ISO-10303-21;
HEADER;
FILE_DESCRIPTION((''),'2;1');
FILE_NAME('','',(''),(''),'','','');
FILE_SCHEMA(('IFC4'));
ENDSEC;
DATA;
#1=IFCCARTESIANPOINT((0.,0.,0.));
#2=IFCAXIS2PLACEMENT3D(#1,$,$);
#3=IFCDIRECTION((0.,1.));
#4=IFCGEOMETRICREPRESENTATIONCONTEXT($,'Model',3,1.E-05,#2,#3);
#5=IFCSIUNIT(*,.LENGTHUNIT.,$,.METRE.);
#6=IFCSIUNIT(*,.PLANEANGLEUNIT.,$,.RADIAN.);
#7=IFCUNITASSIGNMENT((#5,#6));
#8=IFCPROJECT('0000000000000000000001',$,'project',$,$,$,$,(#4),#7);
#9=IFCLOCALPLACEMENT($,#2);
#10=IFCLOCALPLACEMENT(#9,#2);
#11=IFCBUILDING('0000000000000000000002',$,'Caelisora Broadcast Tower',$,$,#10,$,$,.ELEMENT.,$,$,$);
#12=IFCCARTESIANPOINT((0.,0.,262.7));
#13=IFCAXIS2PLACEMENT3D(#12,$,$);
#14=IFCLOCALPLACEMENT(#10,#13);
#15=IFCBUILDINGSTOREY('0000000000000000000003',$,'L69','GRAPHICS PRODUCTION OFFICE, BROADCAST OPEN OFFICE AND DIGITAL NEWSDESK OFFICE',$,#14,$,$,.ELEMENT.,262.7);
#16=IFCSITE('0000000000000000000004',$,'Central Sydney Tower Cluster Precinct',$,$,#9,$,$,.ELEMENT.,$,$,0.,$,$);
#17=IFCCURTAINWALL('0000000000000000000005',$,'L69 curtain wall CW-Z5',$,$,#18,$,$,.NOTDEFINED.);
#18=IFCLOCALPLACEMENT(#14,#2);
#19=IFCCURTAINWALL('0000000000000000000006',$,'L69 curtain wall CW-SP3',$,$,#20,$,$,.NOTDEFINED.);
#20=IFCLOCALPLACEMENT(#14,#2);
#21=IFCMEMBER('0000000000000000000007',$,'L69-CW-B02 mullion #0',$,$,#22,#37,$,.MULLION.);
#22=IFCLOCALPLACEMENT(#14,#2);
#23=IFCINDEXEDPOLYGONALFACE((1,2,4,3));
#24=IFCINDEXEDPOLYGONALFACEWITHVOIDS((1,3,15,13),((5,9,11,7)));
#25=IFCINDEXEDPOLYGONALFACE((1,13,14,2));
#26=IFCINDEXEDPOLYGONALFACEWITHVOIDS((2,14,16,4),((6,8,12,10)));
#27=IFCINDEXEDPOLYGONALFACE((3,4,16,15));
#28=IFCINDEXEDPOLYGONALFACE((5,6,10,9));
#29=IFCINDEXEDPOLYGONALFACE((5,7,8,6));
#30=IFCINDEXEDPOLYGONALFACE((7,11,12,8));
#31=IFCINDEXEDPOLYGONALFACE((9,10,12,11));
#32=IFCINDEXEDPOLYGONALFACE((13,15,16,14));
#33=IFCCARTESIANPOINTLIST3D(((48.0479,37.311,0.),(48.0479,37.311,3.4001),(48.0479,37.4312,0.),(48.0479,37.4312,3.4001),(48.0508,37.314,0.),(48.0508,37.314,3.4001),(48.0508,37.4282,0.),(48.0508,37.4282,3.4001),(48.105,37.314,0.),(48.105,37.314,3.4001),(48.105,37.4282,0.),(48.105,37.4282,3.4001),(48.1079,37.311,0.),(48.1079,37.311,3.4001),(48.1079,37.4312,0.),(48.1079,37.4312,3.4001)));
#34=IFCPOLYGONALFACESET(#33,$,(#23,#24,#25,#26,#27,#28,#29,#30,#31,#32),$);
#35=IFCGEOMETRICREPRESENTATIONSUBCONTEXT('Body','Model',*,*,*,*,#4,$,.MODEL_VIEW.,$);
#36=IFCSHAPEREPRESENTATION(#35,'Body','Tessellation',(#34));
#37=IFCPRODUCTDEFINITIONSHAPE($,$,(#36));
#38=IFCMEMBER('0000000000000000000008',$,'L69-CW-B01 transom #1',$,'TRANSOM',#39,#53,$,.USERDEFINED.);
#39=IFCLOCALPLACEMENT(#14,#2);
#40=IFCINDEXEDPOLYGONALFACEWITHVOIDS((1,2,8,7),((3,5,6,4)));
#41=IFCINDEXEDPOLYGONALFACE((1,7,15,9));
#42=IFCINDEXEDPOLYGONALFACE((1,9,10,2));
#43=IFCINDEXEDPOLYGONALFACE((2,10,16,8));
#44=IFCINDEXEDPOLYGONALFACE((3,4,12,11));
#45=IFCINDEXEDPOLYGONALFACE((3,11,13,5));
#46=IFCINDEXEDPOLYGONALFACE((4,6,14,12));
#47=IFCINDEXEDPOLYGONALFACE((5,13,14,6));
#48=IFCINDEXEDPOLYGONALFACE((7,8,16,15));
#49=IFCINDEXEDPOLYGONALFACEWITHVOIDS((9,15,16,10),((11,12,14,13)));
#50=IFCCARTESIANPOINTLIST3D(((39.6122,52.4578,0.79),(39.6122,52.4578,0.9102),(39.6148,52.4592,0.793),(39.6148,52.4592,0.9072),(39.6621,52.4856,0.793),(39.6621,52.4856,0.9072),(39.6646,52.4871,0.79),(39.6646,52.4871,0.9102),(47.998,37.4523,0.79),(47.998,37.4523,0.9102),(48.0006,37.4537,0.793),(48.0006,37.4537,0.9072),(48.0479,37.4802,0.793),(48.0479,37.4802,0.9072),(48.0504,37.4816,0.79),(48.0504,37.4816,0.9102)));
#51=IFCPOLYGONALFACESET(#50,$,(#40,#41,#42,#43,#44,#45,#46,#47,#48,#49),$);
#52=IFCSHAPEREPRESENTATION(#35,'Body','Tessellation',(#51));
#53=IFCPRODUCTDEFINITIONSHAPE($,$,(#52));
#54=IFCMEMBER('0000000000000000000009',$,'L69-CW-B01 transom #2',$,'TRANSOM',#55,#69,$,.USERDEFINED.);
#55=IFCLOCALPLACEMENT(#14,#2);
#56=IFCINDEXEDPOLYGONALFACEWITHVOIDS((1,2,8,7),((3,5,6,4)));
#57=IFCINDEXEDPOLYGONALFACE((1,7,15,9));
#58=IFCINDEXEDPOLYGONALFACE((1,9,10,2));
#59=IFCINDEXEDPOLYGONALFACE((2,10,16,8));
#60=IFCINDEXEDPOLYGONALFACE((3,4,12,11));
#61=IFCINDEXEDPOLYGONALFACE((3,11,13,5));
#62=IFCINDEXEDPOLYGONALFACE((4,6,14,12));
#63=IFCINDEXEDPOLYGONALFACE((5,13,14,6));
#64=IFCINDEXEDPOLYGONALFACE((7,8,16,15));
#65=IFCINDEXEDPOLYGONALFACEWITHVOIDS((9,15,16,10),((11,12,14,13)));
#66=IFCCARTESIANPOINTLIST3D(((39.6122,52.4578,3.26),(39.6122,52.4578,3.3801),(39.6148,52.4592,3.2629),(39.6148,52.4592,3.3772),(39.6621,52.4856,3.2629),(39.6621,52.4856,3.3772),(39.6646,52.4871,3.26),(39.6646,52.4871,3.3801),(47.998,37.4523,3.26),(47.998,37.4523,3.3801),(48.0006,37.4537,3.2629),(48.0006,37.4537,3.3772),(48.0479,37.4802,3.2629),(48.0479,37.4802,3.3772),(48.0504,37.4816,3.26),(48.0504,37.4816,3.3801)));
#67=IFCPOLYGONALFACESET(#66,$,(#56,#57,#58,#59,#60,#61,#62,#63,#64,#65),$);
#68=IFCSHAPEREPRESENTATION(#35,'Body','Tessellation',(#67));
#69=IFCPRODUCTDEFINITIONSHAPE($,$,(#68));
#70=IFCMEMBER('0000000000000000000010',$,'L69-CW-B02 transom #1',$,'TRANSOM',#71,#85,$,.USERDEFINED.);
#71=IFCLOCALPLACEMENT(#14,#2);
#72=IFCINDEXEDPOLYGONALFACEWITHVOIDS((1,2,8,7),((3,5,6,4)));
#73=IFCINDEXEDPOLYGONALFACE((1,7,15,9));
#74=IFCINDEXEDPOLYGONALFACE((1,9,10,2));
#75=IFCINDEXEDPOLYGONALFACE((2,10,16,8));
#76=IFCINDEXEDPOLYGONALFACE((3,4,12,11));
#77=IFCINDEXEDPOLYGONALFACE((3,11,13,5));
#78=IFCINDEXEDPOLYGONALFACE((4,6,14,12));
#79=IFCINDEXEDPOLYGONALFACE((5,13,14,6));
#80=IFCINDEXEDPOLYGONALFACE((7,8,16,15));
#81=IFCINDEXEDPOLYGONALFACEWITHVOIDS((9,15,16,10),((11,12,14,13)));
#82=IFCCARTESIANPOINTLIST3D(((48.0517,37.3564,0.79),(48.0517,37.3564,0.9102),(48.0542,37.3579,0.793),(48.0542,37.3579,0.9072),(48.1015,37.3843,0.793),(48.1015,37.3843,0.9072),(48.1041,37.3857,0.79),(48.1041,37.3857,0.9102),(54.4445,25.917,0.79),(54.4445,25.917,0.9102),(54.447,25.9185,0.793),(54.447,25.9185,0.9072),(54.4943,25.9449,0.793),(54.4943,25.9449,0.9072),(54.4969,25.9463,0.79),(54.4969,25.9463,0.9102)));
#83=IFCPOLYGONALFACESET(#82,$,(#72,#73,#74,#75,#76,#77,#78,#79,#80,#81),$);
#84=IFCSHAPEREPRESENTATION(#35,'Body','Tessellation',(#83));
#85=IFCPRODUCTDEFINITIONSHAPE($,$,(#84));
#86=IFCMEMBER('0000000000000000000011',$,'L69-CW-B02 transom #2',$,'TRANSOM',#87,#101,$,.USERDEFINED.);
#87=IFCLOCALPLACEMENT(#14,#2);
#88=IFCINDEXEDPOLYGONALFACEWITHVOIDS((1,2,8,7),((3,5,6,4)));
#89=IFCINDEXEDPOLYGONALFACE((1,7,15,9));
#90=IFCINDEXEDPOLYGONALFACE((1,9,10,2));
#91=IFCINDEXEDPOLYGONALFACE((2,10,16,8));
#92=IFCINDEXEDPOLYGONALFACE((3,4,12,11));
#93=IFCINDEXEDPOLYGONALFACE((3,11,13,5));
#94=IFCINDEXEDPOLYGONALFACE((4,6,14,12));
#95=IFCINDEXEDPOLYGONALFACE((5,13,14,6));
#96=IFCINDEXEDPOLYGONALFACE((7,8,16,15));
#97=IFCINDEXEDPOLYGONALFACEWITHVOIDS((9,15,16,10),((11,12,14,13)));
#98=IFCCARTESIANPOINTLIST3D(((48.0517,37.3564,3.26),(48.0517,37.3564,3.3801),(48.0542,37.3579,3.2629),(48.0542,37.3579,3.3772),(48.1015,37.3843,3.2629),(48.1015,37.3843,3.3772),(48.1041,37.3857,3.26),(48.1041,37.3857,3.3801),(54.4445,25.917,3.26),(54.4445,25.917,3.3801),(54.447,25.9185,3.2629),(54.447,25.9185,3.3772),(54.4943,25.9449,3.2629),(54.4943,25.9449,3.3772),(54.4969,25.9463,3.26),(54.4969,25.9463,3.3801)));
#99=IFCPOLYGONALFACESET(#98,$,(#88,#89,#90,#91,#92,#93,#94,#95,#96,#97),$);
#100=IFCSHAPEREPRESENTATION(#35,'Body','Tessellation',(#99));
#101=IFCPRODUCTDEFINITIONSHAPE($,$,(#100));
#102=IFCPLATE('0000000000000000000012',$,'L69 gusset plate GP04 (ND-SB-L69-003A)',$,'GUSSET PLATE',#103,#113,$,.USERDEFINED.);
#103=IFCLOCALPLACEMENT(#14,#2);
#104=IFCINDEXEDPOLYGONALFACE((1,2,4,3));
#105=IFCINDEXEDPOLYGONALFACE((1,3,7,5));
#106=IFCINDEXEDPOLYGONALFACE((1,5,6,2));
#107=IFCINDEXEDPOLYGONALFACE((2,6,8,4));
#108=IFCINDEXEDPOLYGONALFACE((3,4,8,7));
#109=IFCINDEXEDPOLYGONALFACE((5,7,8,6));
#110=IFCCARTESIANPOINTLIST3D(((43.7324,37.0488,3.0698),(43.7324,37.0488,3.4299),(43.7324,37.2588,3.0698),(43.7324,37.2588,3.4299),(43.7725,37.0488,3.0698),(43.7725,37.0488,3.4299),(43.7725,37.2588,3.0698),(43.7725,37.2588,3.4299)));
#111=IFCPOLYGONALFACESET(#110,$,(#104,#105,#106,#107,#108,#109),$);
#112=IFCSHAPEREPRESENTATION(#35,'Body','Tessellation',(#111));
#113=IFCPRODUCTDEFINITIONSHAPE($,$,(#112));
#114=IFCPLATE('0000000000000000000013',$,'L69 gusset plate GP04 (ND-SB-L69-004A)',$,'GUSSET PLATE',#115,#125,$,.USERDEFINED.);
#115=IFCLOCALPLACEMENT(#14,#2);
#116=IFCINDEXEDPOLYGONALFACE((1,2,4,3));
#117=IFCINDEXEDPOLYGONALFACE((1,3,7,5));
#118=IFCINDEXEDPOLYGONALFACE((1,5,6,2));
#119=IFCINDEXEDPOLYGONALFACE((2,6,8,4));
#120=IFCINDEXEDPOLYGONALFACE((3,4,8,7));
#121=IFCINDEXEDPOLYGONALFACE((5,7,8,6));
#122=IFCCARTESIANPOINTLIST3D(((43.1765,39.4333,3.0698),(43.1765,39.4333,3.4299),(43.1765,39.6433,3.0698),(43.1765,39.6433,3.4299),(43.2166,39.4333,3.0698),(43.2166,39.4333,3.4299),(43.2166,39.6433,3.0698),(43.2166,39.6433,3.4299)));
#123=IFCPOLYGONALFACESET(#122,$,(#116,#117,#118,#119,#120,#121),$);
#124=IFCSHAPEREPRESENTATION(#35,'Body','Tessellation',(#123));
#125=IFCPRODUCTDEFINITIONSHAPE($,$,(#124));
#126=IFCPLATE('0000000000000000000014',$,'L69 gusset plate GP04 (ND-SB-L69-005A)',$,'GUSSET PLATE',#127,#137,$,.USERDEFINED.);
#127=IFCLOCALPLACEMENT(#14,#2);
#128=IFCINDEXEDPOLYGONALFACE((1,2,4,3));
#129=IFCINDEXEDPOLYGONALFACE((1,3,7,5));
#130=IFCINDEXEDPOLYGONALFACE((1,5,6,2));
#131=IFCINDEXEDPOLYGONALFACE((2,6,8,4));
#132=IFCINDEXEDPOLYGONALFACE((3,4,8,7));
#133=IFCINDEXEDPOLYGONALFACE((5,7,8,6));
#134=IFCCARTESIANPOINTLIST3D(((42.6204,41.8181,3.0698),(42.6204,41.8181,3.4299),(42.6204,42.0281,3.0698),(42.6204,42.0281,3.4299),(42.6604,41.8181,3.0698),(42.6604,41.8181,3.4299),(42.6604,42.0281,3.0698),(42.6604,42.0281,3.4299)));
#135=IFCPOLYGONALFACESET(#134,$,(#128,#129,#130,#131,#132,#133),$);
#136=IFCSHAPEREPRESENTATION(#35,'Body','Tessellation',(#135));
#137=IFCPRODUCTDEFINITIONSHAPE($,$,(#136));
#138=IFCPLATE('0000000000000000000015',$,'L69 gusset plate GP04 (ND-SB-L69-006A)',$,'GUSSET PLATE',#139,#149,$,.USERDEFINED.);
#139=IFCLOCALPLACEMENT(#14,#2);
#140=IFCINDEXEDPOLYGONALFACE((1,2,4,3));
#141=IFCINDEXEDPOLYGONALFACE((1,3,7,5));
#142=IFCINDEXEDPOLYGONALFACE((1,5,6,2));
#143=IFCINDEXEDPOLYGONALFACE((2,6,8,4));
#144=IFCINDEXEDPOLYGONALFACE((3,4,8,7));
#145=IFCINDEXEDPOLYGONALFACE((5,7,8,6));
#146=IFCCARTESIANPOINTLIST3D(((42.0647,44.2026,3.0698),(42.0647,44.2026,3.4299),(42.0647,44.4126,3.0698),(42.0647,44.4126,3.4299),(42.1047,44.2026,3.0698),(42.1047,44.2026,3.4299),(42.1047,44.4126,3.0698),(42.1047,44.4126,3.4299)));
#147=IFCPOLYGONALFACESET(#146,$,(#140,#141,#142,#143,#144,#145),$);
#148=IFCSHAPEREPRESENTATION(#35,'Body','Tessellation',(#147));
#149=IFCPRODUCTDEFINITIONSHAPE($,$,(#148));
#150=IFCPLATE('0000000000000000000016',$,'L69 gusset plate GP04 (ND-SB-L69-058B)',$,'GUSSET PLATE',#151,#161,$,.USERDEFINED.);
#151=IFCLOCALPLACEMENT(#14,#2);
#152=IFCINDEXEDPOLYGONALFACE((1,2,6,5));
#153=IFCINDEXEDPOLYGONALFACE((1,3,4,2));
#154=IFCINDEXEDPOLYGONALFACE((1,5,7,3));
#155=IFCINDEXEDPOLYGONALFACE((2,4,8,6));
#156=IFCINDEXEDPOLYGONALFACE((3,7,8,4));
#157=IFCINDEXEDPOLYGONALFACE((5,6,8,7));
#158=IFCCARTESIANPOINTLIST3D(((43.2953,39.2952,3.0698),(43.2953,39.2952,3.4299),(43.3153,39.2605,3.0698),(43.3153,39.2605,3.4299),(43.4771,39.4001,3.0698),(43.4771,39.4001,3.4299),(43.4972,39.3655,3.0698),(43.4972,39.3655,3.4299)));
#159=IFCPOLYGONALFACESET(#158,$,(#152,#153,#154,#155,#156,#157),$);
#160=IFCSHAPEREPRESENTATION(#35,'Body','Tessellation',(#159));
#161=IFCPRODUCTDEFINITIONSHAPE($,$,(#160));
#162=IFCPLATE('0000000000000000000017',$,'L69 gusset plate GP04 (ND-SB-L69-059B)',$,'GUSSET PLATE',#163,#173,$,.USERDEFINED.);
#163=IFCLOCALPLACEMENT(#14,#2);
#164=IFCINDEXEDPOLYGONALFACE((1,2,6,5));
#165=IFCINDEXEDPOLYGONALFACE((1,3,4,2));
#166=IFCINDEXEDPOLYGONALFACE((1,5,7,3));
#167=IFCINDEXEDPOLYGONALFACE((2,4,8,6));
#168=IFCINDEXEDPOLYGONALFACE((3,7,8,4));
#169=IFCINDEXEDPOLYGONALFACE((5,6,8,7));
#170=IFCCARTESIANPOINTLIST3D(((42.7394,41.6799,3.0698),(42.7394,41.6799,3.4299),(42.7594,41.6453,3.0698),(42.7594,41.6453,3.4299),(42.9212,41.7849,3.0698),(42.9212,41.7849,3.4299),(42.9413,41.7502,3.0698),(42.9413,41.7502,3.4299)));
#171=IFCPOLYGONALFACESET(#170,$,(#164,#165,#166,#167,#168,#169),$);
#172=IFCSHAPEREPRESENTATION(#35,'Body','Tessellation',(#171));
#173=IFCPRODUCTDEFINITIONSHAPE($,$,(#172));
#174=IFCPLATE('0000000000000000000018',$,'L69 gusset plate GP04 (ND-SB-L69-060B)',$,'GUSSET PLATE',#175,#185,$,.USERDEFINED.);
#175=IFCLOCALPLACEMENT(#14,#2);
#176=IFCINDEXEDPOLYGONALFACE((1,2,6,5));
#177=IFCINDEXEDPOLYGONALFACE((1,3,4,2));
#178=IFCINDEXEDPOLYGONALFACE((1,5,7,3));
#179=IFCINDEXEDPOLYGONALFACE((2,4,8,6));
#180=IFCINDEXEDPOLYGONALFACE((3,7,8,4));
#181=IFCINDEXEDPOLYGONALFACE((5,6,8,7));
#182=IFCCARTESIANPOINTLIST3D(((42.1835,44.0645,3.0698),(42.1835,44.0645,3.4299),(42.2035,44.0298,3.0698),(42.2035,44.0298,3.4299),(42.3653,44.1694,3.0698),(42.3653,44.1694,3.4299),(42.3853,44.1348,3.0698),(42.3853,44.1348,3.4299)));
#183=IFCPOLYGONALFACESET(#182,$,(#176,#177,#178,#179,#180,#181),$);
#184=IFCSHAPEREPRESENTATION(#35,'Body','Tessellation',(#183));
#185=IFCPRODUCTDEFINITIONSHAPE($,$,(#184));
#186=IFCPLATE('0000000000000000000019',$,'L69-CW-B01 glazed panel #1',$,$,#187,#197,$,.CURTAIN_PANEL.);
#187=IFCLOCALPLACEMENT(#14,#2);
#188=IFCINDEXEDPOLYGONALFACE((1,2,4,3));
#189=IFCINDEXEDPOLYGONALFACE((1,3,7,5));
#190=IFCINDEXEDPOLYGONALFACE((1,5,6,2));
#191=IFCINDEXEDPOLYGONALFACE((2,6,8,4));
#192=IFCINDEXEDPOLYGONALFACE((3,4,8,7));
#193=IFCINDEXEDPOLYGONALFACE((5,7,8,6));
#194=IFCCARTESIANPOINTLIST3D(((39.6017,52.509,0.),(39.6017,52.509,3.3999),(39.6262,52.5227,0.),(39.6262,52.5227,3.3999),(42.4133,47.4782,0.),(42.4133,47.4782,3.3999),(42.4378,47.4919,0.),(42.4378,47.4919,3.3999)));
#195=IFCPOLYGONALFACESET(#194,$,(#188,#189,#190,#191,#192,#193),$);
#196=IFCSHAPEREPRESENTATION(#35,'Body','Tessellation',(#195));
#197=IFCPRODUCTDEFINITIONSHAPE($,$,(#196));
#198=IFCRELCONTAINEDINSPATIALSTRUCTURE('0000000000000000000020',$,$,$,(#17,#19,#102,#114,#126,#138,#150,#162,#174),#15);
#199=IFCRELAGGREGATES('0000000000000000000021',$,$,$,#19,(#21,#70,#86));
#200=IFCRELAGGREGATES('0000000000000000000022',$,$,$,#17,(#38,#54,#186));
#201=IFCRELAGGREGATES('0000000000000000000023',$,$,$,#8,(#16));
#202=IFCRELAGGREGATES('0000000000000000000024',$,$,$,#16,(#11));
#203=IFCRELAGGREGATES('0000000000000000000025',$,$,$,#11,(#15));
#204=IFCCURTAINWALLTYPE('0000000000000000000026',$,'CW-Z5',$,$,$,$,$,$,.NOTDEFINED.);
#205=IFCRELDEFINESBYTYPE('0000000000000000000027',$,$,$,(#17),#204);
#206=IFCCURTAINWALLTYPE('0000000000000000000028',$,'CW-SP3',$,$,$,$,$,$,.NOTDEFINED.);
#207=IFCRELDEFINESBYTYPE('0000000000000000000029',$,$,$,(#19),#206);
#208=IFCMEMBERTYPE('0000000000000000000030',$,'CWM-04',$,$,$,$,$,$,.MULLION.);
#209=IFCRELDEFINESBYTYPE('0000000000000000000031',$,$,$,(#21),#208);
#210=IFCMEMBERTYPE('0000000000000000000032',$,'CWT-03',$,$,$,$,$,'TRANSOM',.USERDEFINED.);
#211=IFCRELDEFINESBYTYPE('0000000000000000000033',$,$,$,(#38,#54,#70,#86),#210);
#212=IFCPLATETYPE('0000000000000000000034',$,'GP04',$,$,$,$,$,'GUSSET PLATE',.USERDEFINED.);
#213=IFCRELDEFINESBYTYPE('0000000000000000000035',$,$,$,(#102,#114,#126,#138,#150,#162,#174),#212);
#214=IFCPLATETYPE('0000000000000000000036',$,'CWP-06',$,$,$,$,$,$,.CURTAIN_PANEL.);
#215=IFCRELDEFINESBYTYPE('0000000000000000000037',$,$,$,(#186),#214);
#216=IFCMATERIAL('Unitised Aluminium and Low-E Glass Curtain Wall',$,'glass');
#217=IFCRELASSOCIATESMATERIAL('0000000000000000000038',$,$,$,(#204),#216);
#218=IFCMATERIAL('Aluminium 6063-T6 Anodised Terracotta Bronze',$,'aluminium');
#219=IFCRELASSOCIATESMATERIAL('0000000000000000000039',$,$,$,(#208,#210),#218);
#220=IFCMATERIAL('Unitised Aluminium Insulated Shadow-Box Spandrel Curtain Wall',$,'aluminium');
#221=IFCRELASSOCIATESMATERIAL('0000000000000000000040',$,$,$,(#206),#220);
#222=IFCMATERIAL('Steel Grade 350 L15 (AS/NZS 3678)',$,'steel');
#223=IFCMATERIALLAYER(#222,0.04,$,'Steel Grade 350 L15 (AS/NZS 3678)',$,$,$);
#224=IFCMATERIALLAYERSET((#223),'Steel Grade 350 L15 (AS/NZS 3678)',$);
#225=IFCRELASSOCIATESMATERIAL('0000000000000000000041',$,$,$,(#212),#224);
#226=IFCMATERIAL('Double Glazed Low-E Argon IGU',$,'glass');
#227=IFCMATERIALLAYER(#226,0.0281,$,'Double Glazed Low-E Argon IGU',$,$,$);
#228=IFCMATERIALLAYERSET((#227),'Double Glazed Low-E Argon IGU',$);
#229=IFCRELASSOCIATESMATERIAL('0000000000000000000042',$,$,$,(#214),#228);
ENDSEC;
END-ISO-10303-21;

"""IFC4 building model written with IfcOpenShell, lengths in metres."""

from ifc_helpers import new_model, si_unit, direction, frame, origin, origin_2d, place, context, subcontext, project, spatial, rectangle, hollow_rectangle, extrude, source, transform, mapped, material, layer, layer_set, material_profile, profile_set, type_object, type_shapes, element, aggregate, save


model = new_model("IFC4")

# Units and contexts
model_context = context("Model", 3, precision=1e-05, world=origin(), true_north=direction((0.0, 1.0)))
body_context = subcontext(model_context, "Body", "Model", "MODEL_VIEW")
ifc_project = project(units=[si_unit("LENGTHUNIT", "METRE"), si_unit("PLANEANGLEUNIT", "RADIAN")], contexts=[model_context])

# Site, building, storey
site_placement = place(None, origin())
site = spatial("IfcSite", under=ifc_project, at=site_placement, Name="Central Sydney Tower Cluster Precinct", CompositionType="ELEMENT", RefElevation=0.0)
building_placement = place(site_placement, origin())
building = spatial("IfcBuilding", under=site, at=building_placement, Name="Caelisora Broadcast Tower", CompositionType="ELEMENT")
storey_placement = place(building_placement, frame((0.0, 0.0, 262.7)))
storey = spatial("IfcBuildingStorey", under=building, at=storey_placement, Name="L69", Description="GRAPHICS PRODUCTION OFFICE, BROADCAST OPEN OFFICE AND DIGITAL NEWSDESK OFFICE", CompositionType="ELEMENT", Elevation=262.7)

# Shared definitions
ifc_material_1 = material(Name="Steel Grade 350 L15 (AS/NZS 3678)", Category="steel")

# Curtain wall
ifc_material_2 = material(Name="Unitised Aluminium and Low-E Glass Curtain Wall", Category="glass")
curtain_wall_type_1 = type_object("IfcCurtainWallType", Name="CW-Z5", PredefinedType="NOTDEFINED", material=ifc_material_2)
curtain_wall_1_placement = place(storey_placement, origin())
curtain_wall_1 = element("IfcCurtainWall", 1, at=curtain_wall_1_placement, inside=storey, type_object=curtain_wall_type_1, Name="L69 curtain wall CW-Z5", PredefinedType="NOTDEFINED")
ifc_material_3 = material(Name="Aluminium 6063-T6 Anodised Terracotta Bronze", Category="aluminium")
ifc_material_profile_1 = material_profile(ifc_material_3, hollow_rectangle(XDim=0.0601, YDim=0.1201, WallThickness=0.0029, at=origin_2d()), Name="Aluminium 6063-T6 Anodised Terracotta Bronze")
ifc_profile_set_1 = profile_set([ifc_material_profile_1], Name="Aluminium 6063-T6 Anodised Terracotta Bronze")
member_type_1 = type_object("IfcMemberType", Name="CWM-04", PredefinedType="MULLION", material=ifc_profile_set_1)
shared_shape_1 = source(origin(), body_context, "Body", "SweptSolid", [
    extrude(hollow_rectangle(XDim=0.0601, YDim=0.1201, WallThickness=0.0029, at=origin_2d()), origin(), (0.0, 0.0, 1.0), 3.4001),
])
type_shapes(member_type_1, [shared_shape_1])

# Curtain wall, member
ifc_material_4 = material(Name="Unitised Aluminium Insulated Shadow-Box Spandrel Curtain Wall", Category="aluminium")
curtain_wall_type_2 = type_object("IfcCurtainWallType", Name="CW-SP3", PredefinedType="NOTDEFINED", material=ifc_material_4)
curtain_wall_2_placement = place(storey_placement, origin())
curtain_wall_2 = element("IfcCurtainWall", 2, at=curtain_wall_2_placement, inside=storey, type_object=curtain_wall_type_2, Name="L69 curtain wall CW-SP3", PredefinedType="NOTDEFINED")
member_1_placement = place(storey_placement, frame((48.0779, 37.3711, 0.0), z_axis=(0.0, 0.0, 1.0), x_axis=(1.0, 0.0, 0.0)))
member_1 = element("IfcMember", 3, at=member_1_placement, type_object=member_type_1, Name="L69-CW-B02 mullion #0", PredefinedType="MULLION", context=body_context, shape_type="MappedRepresentation", body=[
    mapped(shared_shape_1, transform((0.0, 0.0, 0.0), scale=1.0)),
])

# Members
ifc_material_profile_2 = material_profile(ifc_material_3, hollow_rectangle(XDim=0.0601, YDim=0.1201, WallThickness=0.0029, at=origin_2d()), Name="Aluminium 6063-T6 Anodised Terracotta Bronze")
ifc_profile_set_2 = profile_set([ifc_material_profile_2], Name="Aluminium 6063-T6 Anodised Terracotta Bronze")
member_type_2 = type_object("IfcMemberType", Name="CWT-03", ElementType="TRANSOM", PredefinedType="USERDEFINED", material=ifc_profile_set_2)
shared_shape_2 = source(origin(), body_context, "Body", "SweptSolid", [
    extrude(hollow_rectangle(XDim=0.0601, YDim=0.1201, WallThickness=0.0029, at=origin_2d()), origin(), (0.0, 0.0, 1.0), 17.1897),
])
member_2_placement = place(storey_placement, frame((39.6384, 52.4724, 0.8501), z_axis=(0.487839, -0.872934, 0.0), x_axis=(0.872934, 0.487839, 0.0)))
member_2 = element("IfcMember", 4, at=member_2_placement, type_object=member_type_2, Name="L69-CW-B01 transom #1", ObjectType="TRANSOM", PredefinedType="USERDEFINED", context=body_context, shape_type="MappedRepresentation", body=[
    mapped(shared_shape_2, transform((0.0, 0.0, 0.0), scale=1.0)),
])
member_3_placement = place(storey_placement, frame((39.6384, 52.4724, 3.3201), z_axis=(0.487839, -0.872934, 0.0), x_axis=(0.872934, 0.487839, 0.0)))
member_3 = element("IfcMember", 5, at=member_3_placement, type_object=member_type_2, Name="L69-CW-B01 transom #2", ObjectType="TRANSOM", PredefinedType="USERDEFINED", context=body_context, shape_type="MappedRepresentation", body=[
    mapped(shared_shape_2, transform((0.0, 0.0, 0.0), scale=1.0)),
])
shared_shape_3 = source(origin(), body_context, "Body", "SweptSolid", [
    extrude(hollow_rectangle(XDim=0.0601, YDim=0.1201, WallThickness=0.0029, at=origin_2d()), origin(), (0.0, 0.0, 1.0), 13.1045),
])
type_shapes(member_type_2, [shared_shape_2, shared_shape_3])
member_4_placement = place(storey_placement, frame((48.0779, 37.3711, 0.8501), z_axis=(0.487832, -0.872937, 0.0), x_axis=(0.872937, 0.487832, 0.0)))
member_4 = element("IfcMember", 6, at=member_4_placement, type_object=member_type_2, Name="L69-CW-B02 transom #1", ObjectType="TRANSOM", PredefinedType="USERDEFINED", context=body_context, shape_type="MappedRepresentation", body=[
    mapped(shared_shape_3, transform((0.0, 0.0, 0.0), scale=1.0)),
])
member_5_placement = place(storey_placement, frame((48.0779, 37.3711, 3.3201), z_axis=(0.487832, -0.872937, 0.0), x_axis=(0.872937, 0.487832, 0.0)))
member_5 = element("IfcMember", 7, at=member_5_placement, type_object=member_type_2, Name="L69-CW-B02 transom #2", ObjectType="TRANSOM", PredefinedType="USERDEFINED", context=body_context, shape_type="MappedRepresentation", body=[
    mapped(shared_shape_3, transform((0.0, 0.0, 0.0), scale=1.0)),
])
aggregate(curtain_wall_2, [member_1, member_4, member_5])

# Plates
ifc_layer_1 = layer(ifc_material_1, 0.04, Name="Steel Grade 350 L15 (AS/NZS 3678)")
ifc_layer_set_1 = layer_set([ifc_layer_1], Name="Steel Grade 350 L15 (AS/NZS 3678)")
plate_type_1 = type_object("IfcPlateType", Name="GP04", ElementType="GUSSET PLATE", PredefinedType="USERDEFINED", material=ifc_layer_set_1)
shared_shape_4 = source(origin(), body_context, "Body", "SweptSolid", [
    extrude(rectangle(XDim=0.21, YDim=0.04, at=origin_2d()), origin(), (0.0, 0.0, 1.0), 0.3601),
])
type_shapes(plate_type_1, [shared_shape_4])
for number, where, z_axis, x_axis, name in (
    (8, (43.7524, 37.1538, 3.0698), (0.0, 0.0, 1.0), (0.0, -1.0, 0.0), "L69 gusset plate GP04 (ND-SB-L69-003A)"),
    (9, (43.1965, 39.5383, 3.0698), (0.0, 0.0, 1.0), (0.0, -1.0, 0.0), "L69 gusset plate GP04 (ND-SB-L69-004A)"),
    (10, (42.6404, 41.9231, 3.0698), (0.0, 0.0, 1.0), (0.0, -1.0, 0.0), "L69 gusset plate GP04 (ND-SB-L69-005A)"),
    (11, (42.0847, 44.3076, 3.0698), (0.0, 0.0, 1.0), (0.0, -1.0, 0.0), "L69 gusset plate GP04 (ND-SB-L69-006A)"),
    (12, (43.3962, 39.3303, 3.0698), (0.0, 0.0, 1.0), (-0.866025, -0.5, 0.0), "L69 gusset plate GP04 (ND-SB-L69-058B)"),
    (13, (42.8403, 41.7151, 3.0698), (0.0, 0.0, 1.0), (-0.866025, -0.5, 0.0), "L69 gusset plate GP04 (ND-SB-L69-059B)"),
    (14, (42.2844, 44.0996, 3.0698), (0.0, 0.0, 1.0), (-0.866025, -0.5, 0.0), "L69 gusset plate GP04 (ND-SB-L69-060B)"),
):
    element("IfcPlate", number, at=place(storey_placement, frame(where, z_axis=z_axis, x_axis=x_axis)), inside=storey, type_object=plate_type_1, Name=name, ObjectType="GUSSET PLATE", PredefinedType="USERDEFINED", context=body_context, shape_type="MappedRepresentation", body=[
        mapped(shared_shape_4, transform((0.0, 0.0, 0.0), scale=1.0)),
    ])

# Plate
ifc_material_5 = material(Name="Double Glazed Low-E Argon IGU", Category="glass")
ifc_layer_2 = layer(ifc_material_5, 0.0281, Name="Double Glazed Low-E Argon IGU")
ifc_layer_set_2 = layer_set([ifc_layer_2], Name="Double Glazed Low-E Argon IGU")
plate_type_2 = type_object("IfcPlateType", Name="CWP-06", PredefinedType="CURTAIN_PANEL", material=ifc_layer_set_2)
shared_shape_5 = source(origin(), body_context, "Body", "SweptSolid", [
    extrude(rectangle(XDim=5.7632, YDim=0.0281, at=origin_2d()), origin(), (0.0, 0.0, 1.0), 3.3999),
])
type_shapes(plate_type_2, [shared_shape_5])
plate_1_placement = place(storey_placement, frame((41.0198, 50.0005, 0.0), z_axis=(0.0, 0.0, 1.0), x_axis=(0.48786, -0.872922, 0.0)))
plate_1 = element("IfcPlate", 15, at=plate_1_placement, type_object=plate_type_2, Name="L69-CW-B01 glazed panel #1", PredefinedType="CURTAIN_PANEL", context=body_context, shape_type="MappedRepresentation", body=[
    mapped(shared_shape_5, transform((0.0, 0.0, 0.0), scale=1.0)),
])
aggregate(curtain_wall_1, [member_2, member_3, plate_1])

save(model, "model.ifc")
